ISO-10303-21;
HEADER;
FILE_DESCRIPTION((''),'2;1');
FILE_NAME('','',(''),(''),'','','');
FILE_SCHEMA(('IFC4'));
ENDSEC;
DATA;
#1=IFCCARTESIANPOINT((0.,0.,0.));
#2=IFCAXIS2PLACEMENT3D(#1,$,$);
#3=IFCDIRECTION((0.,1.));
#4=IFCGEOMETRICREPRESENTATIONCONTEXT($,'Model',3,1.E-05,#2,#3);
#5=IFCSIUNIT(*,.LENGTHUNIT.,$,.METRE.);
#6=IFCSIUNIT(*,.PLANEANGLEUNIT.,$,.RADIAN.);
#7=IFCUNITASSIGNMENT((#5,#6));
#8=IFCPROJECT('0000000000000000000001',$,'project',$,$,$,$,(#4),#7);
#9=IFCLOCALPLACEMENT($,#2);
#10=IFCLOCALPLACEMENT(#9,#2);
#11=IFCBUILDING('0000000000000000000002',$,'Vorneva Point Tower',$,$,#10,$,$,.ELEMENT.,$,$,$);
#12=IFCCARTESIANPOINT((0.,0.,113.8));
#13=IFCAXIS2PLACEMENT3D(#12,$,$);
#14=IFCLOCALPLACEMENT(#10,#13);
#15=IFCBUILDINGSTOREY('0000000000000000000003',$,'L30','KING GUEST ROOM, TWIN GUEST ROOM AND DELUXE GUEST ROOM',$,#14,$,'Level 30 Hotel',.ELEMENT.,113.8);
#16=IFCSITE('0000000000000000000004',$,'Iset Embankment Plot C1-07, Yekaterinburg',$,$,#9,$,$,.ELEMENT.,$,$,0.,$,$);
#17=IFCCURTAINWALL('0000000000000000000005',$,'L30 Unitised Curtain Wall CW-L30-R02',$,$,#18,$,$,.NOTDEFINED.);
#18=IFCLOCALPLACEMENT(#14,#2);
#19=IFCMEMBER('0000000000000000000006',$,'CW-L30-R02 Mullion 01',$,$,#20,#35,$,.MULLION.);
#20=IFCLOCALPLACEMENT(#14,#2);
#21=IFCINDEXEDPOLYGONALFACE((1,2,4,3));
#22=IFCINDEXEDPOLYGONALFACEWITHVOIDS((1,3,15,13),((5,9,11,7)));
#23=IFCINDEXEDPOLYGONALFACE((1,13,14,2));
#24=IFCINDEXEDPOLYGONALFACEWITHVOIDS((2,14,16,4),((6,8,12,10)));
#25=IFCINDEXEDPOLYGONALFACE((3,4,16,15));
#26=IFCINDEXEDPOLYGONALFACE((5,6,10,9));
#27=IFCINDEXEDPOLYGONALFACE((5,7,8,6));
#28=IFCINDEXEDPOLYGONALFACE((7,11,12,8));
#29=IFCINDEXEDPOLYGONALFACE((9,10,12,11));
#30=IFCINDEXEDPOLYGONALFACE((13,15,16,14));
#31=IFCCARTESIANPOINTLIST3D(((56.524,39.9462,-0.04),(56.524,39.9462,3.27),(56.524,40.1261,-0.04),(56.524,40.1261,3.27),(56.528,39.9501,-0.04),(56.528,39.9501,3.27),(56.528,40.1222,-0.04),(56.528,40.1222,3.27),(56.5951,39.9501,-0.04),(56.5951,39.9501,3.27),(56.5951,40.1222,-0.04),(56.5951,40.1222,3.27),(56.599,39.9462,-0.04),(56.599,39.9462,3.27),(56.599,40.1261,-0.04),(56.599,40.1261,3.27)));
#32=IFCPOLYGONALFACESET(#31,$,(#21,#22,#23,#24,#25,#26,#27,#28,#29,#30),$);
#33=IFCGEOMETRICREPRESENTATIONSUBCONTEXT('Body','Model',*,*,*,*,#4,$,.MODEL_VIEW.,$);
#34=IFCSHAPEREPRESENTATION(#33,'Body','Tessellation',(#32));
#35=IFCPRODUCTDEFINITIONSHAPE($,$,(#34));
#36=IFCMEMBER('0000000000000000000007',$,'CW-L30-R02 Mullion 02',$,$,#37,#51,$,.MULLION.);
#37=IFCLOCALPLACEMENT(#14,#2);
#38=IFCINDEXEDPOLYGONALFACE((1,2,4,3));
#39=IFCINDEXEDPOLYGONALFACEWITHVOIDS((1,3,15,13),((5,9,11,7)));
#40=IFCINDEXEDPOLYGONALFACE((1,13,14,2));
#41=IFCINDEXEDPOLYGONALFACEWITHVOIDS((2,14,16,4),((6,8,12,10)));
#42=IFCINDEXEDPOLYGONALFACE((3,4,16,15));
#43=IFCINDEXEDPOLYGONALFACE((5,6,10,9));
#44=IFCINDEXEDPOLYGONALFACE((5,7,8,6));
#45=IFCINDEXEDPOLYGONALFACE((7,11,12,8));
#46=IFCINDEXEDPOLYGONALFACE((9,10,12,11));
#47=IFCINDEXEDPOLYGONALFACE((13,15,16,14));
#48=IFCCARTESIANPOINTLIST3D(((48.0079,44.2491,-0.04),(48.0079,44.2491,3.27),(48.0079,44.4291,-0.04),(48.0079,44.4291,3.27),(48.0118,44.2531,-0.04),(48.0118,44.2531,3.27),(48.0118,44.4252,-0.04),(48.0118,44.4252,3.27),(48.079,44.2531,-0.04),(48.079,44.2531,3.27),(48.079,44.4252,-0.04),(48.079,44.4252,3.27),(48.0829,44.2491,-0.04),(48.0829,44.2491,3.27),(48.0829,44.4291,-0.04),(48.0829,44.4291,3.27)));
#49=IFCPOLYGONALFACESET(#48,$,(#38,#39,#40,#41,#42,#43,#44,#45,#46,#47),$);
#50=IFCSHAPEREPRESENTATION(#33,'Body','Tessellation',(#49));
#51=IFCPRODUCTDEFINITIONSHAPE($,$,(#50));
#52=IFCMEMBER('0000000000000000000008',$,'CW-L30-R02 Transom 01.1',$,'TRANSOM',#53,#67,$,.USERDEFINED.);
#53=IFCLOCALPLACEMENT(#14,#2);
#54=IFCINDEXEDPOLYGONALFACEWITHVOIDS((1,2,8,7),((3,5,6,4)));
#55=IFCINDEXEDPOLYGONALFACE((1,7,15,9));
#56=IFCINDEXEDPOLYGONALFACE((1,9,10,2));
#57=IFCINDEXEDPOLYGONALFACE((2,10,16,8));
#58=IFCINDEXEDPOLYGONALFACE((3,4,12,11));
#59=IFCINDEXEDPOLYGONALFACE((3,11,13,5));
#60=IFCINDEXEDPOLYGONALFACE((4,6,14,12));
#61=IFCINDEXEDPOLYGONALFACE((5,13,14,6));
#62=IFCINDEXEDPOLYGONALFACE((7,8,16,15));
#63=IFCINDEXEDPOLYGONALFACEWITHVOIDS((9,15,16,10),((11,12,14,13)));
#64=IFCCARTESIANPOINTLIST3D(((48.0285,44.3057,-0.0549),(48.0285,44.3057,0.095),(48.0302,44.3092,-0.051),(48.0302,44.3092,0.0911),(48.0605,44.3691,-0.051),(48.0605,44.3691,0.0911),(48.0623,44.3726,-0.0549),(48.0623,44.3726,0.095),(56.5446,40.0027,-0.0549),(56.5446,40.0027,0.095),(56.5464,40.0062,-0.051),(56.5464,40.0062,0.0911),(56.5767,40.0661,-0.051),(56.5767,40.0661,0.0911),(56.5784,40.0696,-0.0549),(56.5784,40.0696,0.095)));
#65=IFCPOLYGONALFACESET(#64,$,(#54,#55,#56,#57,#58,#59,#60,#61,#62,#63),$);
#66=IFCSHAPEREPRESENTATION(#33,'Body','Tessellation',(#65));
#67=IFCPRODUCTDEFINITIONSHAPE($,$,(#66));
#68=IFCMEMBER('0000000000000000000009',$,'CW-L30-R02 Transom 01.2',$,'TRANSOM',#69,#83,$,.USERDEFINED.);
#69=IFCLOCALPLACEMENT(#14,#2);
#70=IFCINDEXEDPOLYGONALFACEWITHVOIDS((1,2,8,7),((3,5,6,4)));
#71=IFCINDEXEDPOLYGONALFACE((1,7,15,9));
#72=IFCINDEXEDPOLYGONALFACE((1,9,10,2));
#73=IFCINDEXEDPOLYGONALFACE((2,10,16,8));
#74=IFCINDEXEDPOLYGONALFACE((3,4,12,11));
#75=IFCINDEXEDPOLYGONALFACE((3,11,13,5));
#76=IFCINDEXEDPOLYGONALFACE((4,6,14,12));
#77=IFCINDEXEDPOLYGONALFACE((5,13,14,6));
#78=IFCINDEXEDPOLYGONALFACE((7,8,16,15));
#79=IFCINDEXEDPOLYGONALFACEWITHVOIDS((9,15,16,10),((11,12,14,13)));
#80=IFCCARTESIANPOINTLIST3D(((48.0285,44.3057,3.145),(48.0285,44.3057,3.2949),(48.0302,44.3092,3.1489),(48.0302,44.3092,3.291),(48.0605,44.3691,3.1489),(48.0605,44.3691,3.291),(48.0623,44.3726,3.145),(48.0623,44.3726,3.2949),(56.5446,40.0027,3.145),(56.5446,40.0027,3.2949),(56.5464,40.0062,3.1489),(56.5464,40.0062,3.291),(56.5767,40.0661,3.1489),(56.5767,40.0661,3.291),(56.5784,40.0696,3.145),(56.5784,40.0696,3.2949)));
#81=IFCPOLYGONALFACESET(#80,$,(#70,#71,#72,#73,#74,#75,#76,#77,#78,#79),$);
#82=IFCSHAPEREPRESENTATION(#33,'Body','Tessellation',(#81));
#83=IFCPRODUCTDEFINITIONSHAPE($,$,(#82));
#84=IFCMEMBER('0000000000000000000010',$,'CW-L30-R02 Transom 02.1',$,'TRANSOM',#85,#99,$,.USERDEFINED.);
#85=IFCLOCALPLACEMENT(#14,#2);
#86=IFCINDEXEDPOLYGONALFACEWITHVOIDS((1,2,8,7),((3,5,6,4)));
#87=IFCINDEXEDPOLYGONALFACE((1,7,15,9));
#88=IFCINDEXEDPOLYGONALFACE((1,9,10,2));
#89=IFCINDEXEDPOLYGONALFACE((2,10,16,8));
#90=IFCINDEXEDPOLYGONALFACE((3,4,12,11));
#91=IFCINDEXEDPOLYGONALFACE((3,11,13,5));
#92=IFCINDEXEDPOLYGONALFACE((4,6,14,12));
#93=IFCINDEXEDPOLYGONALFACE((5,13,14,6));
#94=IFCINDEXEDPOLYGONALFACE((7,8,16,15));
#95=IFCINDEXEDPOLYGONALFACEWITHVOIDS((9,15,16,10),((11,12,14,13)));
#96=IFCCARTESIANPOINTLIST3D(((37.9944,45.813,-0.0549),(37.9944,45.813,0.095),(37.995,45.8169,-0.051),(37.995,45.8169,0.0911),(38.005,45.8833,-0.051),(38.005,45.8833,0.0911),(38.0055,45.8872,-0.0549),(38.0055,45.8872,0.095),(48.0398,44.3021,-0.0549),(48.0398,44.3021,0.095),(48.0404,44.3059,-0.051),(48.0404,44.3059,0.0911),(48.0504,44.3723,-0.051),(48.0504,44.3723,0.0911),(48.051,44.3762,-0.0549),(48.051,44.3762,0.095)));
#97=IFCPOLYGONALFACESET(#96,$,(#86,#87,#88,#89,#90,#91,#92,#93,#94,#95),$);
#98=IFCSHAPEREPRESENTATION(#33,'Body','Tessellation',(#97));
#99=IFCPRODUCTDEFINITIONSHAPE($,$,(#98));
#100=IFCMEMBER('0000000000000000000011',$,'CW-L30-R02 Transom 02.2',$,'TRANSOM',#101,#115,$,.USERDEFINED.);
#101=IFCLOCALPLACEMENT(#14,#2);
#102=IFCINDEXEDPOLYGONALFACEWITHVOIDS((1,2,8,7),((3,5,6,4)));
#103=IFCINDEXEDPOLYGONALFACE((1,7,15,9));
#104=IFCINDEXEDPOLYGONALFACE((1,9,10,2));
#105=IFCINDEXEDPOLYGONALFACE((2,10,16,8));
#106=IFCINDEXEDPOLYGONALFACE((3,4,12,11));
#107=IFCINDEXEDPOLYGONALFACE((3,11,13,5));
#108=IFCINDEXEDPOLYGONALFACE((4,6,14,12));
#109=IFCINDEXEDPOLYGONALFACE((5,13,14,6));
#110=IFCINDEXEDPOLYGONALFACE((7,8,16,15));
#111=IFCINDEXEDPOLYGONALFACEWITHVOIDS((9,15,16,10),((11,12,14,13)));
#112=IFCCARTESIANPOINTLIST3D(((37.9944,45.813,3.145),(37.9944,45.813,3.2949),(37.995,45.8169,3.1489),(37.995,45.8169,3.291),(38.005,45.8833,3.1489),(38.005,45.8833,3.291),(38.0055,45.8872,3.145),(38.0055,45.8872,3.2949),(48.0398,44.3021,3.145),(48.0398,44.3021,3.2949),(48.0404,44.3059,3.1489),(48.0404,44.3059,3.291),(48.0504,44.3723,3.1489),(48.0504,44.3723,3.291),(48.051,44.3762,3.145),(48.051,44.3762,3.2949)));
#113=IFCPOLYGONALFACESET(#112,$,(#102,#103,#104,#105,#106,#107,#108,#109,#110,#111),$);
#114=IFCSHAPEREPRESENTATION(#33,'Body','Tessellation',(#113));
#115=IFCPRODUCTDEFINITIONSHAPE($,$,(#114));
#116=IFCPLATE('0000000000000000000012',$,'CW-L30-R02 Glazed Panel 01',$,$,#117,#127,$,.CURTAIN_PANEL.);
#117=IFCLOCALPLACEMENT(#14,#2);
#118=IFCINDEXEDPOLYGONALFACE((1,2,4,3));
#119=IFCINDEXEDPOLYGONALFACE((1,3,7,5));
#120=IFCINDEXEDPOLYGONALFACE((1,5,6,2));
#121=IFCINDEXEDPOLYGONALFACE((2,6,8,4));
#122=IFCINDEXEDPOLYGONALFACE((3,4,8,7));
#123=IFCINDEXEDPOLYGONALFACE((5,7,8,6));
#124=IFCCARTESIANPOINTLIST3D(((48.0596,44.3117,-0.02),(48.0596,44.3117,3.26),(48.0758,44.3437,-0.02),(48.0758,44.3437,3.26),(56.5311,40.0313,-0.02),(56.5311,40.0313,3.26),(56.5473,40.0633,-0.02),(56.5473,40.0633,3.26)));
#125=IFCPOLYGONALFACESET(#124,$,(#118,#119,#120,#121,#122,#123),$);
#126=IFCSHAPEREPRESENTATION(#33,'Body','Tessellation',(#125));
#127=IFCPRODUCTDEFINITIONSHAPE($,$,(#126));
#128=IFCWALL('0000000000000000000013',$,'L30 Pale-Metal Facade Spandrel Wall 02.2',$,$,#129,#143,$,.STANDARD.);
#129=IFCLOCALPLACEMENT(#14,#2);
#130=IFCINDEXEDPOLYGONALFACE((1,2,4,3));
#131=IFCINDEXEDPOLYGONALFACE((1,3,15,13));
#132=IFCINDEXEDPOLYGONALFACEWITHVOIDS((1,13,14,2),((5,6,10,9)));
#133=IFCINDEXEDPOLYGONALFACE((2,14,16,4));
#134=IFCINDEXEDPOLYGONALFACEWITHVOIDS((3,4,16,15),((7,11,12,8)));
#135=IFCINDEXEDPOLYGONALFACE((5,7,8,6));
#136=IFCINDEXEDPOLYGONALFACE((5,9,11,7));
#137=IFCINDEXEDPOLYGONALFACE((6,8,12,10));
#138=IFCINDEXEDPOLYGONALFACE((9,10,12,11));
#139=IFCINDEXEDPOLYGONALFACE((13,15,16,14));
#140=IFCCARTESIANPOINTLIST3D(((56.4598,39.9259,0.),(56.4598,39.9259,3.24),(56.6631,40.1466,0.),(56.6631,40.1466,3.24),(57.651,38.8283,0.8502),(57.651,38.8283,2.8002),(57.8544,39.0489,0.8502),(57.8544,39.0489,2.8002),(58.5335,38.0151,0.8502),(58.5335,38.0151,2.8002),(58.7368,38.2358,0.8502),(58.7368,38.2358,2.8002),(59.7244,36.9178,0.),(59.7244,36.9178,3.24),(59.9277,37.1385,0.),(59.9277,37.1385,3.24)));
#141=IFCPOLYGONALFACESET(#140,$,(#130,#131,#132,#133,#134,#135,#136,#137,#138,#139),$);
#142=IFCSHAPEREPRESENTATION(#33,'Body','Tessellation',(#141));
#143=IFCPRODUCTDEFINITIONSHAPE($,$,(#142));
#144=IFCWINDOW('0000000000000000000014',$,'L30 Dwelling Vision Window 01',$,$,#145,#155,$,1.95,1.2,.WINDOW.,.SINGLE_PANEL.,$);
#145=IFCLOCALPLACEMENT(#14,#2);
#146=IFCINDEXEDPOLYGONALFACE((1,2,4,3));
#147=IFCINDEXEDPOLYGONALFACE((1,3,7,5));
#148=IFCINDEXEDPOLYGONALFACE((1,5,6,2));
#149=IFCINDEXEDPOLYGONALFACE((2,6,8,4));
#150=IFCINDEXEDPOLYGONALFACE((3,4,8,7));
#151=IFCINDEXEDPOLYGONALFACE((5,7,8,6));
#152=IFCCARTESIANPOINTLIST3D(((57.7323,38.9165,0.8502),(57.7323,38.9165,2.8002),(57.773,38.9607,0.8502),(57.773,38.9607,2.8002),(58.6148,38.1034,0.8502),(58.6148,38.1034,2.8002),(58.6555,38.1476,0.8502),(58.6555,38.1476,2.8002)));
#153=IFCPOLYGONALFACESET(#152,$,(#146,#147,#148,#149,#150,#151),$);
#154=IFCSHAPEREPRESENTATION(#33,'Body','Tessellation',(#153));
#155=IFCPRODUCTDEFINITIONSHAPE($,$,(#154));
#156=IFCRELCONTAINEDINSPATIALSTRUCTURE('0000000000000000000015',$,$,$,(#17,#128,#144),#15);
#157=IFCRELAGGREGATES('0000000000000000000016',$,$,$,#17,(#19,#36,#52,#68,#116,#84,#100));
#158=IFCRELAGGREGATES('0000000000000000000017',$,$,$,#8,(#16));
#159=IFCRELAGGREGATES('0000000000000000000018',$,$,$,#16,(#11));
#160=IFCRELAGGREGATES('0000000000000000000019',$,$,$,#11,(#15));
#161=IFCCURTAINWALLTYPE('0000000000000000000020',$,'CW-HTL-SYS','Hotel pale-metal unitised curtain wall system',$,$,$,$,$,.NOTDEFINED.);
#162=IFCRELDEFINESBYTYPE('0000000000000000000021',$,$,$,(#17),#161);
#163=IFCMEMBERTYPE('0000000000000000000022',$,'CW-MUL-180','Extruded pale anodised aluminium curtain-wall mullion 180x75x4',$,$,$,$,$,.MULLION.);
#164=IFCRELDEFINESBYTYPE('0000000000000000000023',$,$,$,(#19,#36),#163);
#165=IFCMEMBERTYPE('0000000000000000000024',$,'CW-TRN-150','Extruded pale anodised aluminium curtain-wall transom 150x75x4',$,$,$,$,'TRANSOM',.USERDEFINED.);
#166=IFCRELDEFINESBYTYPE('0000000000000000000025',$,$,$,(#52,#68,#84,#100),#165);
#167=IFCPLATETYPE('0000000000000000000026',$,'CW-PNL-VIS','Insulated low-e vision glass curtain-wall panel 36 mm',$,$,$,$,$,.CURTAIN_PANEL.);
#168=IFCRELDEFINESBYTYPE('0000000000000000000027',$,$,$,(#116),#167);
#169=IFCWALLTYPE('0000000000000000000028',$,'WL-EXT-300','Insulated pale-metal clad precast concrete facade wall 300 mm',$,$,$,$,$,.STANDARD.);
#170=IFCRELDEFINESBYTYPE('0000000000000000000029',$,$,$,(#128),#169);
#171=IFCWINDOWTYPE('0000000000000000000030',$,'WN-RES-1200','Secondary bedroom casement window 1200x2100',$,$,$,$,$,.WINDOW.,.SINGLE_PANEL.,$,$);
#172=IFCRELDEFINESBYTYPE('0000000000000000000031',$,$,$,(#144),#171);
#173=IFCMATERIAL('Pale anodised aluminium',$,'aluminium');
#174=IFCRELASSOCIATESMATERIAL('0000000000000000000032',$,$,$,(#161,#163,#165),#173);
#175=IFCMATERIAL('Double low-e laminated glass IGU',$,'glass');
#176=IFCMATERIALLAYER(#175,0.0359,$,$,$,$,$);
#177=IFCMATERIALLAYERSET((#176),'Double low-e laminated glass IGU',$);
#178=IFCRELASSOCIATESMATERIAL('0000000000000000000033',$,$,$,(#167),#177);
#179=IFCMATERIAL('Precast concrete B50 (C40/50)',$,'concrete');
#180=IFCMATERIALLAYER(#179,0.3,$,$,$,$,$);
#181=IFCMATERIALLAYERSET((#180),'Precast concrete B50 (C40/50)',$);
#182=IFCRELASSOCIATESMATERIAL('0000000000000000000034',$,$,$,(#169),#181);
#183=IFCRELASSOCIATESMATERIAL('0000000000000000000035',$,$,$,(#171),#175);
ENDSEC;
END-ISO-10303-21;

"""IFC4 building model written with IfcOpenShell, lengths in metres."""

from ifc_helpers import new_model, si_unit, direction, frame, frame_2d, origin, origin_2d, place, context, subcontext, project, spatial, rectangle, hollow_rectangle, extrude, material, layer, layer_set, material_profile, profile_set, type_object, element, fill, aggregate, save


model = new_model("IFC4")

# Units and contexts
model_context = context("Model", 3, precision=1e-05, world=origin(), true_north=direction((0.0, 1.0)))
body_context = subcontext(model_context, "Body", "Model", "MODEL_VIEW")
ifc_project = project(units=[si_unit("LENGTHUNIT", "METRE"), si_unit("PLANEANGLEUNIT", "RADIAN")], contexts=[model_context])

# Site, building, storey
site_placement = place(None, origin())
site = spatial("IfcSite", under=ifc_project, at=site_placement, Name="Iset Embankment Plot C1-07, Yekaterinburg", CompositionType="ELEMENT", RefElevation=0.0)
building_placement = place(site_placement, origin())
building = spatial("IfcBuilding", under=site, at=building_placement, Name="Vorneva Point Tower", CompositionType="ELEMENT")
storey_placement = place(building_placement, frame((0.0, 0.0, 113.8)))
storey = spatial("IfcBuildingStorey", under=building, at=storey_placement, Name="L30", Description="KING GUEST ROOM, TWIN GUEST ROOM AND DELUXE GUEST ROOM", LongName="Level 30 Hotel", CompositionType="ELEMENT", Elevation=113.8)

# Curtain wall, members, plate
ifc_material_1 = material(Name="Pale anodised aluminium", Category="aluminium")
curtain_wall_type = type_object("IfcCurtainWallType", Name="CW-HTL-SYS", Description="Hotel pale-metal unitised curtain wall system", PredefinedType="NOTDEFINED", material=ifc_material_1)
curtain_wall_placement = place(storey_placement, origin())
curtain_wall = element("IfcCurtainWall", 1, at=curtain_wall_placement, inside=storey, type_object=curtain_wall_type, Name="L30 Unitised Curtain Wall CW-L30-R02", PredefinedType="NOTDEFINED")
ifc_material_profile_1 = material_profile(ifc_material_1, hollow_rectangle(XDim=0.075, YDim=0.1799, WallThickness=0.0039, at=origin_2d()), Name="AL-MUL 180x75x4")
ifc_profile_set_1 = profile_set([ifc_material_profile_1], Name="Pale anodised aluminium")
member_type_1 = type_object("IfcMemberType", Name="CW-MUL-180", Description="Extruded pale anodised aluminium curtain-wall mullion 180x75x4", PredefinedType="MULLION", material=ifc_profile_set_1)
member_1_placement = place(storey_placement, frame((56.5615, 40.0361, -0.04), z_axis=(0.0, 0.0, 1.0), x_axis=(1.0, 0.0, 0.0)))
member_1 = element("IfcMember", 2, at=member_1_placement, type_object=member_type_1, Name="CW-L30-R02 Mullion 01", PredefinedType="MULLION", context=body_context, shape_type="SweptSolid", body=[
    extrude(hollow_rectangle(XDim=0.075, YDim=0.1799, WallThickness=0.0039, at=origin_2d()), origin(), (0.0, 0.0, 1.0), 3.3101),
])
member_2_placement = place(storey_placement, frame((48.0454, 44.3391, -0.04), z_axis=(0.0, 0.0, 1.0), x_axis=(1.0, 0.0, 0.0)))
member_2 = element("IfcMember", 3, at=member_2_placement, type_object=member_type_1, Name="CW-L30-R02 Mullion 02", PredefinedType="MULLION", context=body_context, shape_type="SweptSolid", body=[
    extrude(hollow_rectangle(XDim=0.075, YDim=0.1799, WallThickness=0.0039, at=origin_2d()), origin(), (0.0, 0.0, 1.0), 3.3101),
])
ifc_material_profile_2 = material_profile(ifc_material_1, hollow_rectangle(XDim=0.075, YDim=0.1499, WallThickness=0.0039, at=origin_2d()), Name="AL-TRN 150x75x4")
ifc_profile_set_2 = profile_set([ifc_material_profile_2], Name="Pale anodised aluminium")
member_type_2 = type_object("IfcMemberType", Name="CW-TRN-150", Description="Extruded pale anodised aluminium curtain-wall transom 150x75x4", ElementType="TRANSOM", PredefinedType="USERDEFINED", material=ifc_profile_set_2)
member_3_placement = place(storey_placement, frame((56.5615, 40.0361, 0.02), z_axis=(-0.892536, 0.450976, 0.0), x_axis=(-0.450976, -0.892536, 0.0)))
member_3 = element("IfcMember", 4, at=member_3_placement, type_object=member_type_2, Name="CW-L30-R02 Transom 01.1", ObjectType="TRANSOM", PredefinedType="USERDEFINED", context=body_context, shape_type="SweptSolid", body=[
    extrude(hollow_rectangle(XDim=0.075, YDim=0.1499, WallThickness=0.0039, at=origin_2d()), origin(), (0.0, 0.0, 1.0), 9.5415),
])
member_4_placement = place(storey_placement, frame((56.5615, 40.0361, 3.22), z_axis=(-0.892536, 0.450976, 0.0), x_axis=(-0.450976, -0.892536, 0.0)))
member_4 = element("IfcMember", 5, at=member_4_placement, type_object=member_type_2, Name="CW-L30-R02 Transom 01.2", ObjectType="TRANSOM", PredefinedType="USERDEFINED", context=body_context, shape_type="SweptSolid", body=[
    extrude(hollow_rectangle(XDim=0.075, YDim=0.1499, WallThickness=0.0039, at=origin_2d()), origin(), (0.0, 0.0, 1.0), 9.5415),
])
member_5_placement = place(storey_placement, frame((48.0454, 44.3391, 0.02), z_axis=(-0.988876, 0.148742, 0.0), x_axis=(-0.148742, -0.988876, 0.0)))
member_5 = element("IfcMember", 6, at=member_5_placement, type_object=member_type_2, Name="CW-L30-R02 Transom 02.1", ObjectType="TRANSOM", PredefinedType="USERDEFINED", context=body_context, shape_type="SweptSolid", body=[
    extrude(hollow_rectangle(XDim=0.075, YDim=0.1499, WallThickness=0.0039, at=origin_2d()), origin(), (0.0, 0.0, 1.0), 10.1584),
])
member_6_placement = place(storey_placement, frame((48.0454, 44.3391, 3.22), z_axis=(-0.988876, 0.148742, 0.0), x_axis=(-0.148742, -0.988876, 0.0)))
member_6 = element("IfcMember", 7, at=member_6_placement, type_object=member_type_2, Name="CW-L30-R02 Transom 02.2", ObjectType="TRANSOM", PredefinedType="USERDEFINED", context=body_context, shape_type="SweptSolid", body=[
    extrude(hollow_rectangle(XDim=0.075, YDim=0.1499, WallThickness=0.0039, at=origin_2d()), origin(), (0.0, 0.0, 1.0), 10.1584),
])
ifc_material_2 = material(Name="Double low-e laminated glass IGU", Category="glass")
ifc_layer_1 = layer(ifc_material_2, 0.0359)
ifc_layer_set_1 = layer_set([ifc_layer_1], Name="Double low-e laminated glass IGU")
plate_type = type_object("IfcPlateType", Name="CW-PNL-VIS", Description="Insulated low-e vision glass curtain-wall panel 36 mm", PredefinedType="CURTAIN_PANEL", material=ifc_layer_set_1)
plate_placement = place(storey_placement, frame((52.3035, 42.1875, -0.02), z_axis=(0.0, 0.0, 1.0), x_axis=(-0.892539, 0.450971, 0.0)))
plate = element("IfcPlate", 8, at=plate_placement, type_object=plate_type, Name="CW-L30-R02 Glazed Panel 01", PredefinedType="CURTAIN_PANEL", context=body_context, shape_type="SweptSolid", body=[
    extrude(rectangle(XDim=9.4915, YDim=0.0359, at=origin_2d()), origin(), (0.0, 0.0, 1.0), 3.28),
])
aggregate(curtain_wall, [member_1, member_2, member_3, member_4, plate, member_5, member_6])

# Wall, opening, window
ifc_material_3 = material(Name="Precast concrete B50 (C40/50)", Category="concrete")
ifc_layer_2 = layer(ifc_material_3, 0.3)
ifc_layer_set_2 = layer_set([ifc_layer_2], Name="Precast concrete B50 (C40/50)")
wall_type_1 = type_object("IfcWallType", Name="WL-EXT-300", Description="Insulated pale-metal clad precast concrete facade wall 300 mm", PredefinedType="STANDARD", material=ifc_layer_set_2)
wall_1_placement = place(storey_placement, frame((59.8262, 37.0281, 0.0), z_axis=(0.0, 0.0, 1.0), x_axis=(-0.735417, 0.677615, 0.0)))
wall_1 = element("IfcWall", 9, at=wall_1_placement, inside=storey, type_object=wall_type_1, Name="L30 Pale-Metal Facade Spandrel Wall 02.2", PredefinedType="STANDARD", context=body_context, shape_type="SweptSolid", body=[
    extrude(rectangle(XDim=4.4392, YDim=0.3, at=frame_2d((2.2197, 0.0))), origin(), (0.0, 0.0, 1.0), 3.24),
])
opening_1_placement = place(wall_1_placement, frame((1.6194, 0.0, 0.8501)))
opening_1 = element("IfcOpeningElement", 10, at=opening_1_placement, cuts=wall_1, PredefinedType="OPENING", context=body_context, shape_type="SweptSolid", body=[
    extrude(rectangle(XDim=1.2, YDim=1.95, at=frame_2d((0.6001, 0.9751))), frame((0.0, 0.165, 0.0), z_axis=(0.0, -1.0, 0.0), x_axis=(1.0, 0.0, 0.0)), (0.0, 0.0, 1.0), 0.3298),
])
window_type = type_object("IfcWindowType", Name="WN-RES-1200", Description="Secondary bedroom casement window 1200x2100", PartitioningType="SINGLE_PANEL", PredefinedType="WINDOW", material=ifc_material_2)
window_placement = place(opening_1_placement, origin())
window = element("IfcWindow", 11, at=window_placement, inside=storey, type_object=window_type, Name="L30 Dwelling Vision Window 01", OverallHeight=1.95, OverallWidth=1.2, PartitioningType="SINGLE_PANEL", PredefinedType="WINDOW", context=body_context, shape_type="SweptSolid", body=[
    extrude(rectangle(XDim=1.2, YDim=1.95, at=frame_2d((0.6001, 0.9751))), frame((0.0, 0.03, 0.0), z_axis=(0.0, -1.0, 0.0), x_axis=(1.0, 0.0, 0.0)), (0.0, 0.0, 1.0), 0.0601),
])
fill(opening_1, window)

save(model, "model.ifc")
